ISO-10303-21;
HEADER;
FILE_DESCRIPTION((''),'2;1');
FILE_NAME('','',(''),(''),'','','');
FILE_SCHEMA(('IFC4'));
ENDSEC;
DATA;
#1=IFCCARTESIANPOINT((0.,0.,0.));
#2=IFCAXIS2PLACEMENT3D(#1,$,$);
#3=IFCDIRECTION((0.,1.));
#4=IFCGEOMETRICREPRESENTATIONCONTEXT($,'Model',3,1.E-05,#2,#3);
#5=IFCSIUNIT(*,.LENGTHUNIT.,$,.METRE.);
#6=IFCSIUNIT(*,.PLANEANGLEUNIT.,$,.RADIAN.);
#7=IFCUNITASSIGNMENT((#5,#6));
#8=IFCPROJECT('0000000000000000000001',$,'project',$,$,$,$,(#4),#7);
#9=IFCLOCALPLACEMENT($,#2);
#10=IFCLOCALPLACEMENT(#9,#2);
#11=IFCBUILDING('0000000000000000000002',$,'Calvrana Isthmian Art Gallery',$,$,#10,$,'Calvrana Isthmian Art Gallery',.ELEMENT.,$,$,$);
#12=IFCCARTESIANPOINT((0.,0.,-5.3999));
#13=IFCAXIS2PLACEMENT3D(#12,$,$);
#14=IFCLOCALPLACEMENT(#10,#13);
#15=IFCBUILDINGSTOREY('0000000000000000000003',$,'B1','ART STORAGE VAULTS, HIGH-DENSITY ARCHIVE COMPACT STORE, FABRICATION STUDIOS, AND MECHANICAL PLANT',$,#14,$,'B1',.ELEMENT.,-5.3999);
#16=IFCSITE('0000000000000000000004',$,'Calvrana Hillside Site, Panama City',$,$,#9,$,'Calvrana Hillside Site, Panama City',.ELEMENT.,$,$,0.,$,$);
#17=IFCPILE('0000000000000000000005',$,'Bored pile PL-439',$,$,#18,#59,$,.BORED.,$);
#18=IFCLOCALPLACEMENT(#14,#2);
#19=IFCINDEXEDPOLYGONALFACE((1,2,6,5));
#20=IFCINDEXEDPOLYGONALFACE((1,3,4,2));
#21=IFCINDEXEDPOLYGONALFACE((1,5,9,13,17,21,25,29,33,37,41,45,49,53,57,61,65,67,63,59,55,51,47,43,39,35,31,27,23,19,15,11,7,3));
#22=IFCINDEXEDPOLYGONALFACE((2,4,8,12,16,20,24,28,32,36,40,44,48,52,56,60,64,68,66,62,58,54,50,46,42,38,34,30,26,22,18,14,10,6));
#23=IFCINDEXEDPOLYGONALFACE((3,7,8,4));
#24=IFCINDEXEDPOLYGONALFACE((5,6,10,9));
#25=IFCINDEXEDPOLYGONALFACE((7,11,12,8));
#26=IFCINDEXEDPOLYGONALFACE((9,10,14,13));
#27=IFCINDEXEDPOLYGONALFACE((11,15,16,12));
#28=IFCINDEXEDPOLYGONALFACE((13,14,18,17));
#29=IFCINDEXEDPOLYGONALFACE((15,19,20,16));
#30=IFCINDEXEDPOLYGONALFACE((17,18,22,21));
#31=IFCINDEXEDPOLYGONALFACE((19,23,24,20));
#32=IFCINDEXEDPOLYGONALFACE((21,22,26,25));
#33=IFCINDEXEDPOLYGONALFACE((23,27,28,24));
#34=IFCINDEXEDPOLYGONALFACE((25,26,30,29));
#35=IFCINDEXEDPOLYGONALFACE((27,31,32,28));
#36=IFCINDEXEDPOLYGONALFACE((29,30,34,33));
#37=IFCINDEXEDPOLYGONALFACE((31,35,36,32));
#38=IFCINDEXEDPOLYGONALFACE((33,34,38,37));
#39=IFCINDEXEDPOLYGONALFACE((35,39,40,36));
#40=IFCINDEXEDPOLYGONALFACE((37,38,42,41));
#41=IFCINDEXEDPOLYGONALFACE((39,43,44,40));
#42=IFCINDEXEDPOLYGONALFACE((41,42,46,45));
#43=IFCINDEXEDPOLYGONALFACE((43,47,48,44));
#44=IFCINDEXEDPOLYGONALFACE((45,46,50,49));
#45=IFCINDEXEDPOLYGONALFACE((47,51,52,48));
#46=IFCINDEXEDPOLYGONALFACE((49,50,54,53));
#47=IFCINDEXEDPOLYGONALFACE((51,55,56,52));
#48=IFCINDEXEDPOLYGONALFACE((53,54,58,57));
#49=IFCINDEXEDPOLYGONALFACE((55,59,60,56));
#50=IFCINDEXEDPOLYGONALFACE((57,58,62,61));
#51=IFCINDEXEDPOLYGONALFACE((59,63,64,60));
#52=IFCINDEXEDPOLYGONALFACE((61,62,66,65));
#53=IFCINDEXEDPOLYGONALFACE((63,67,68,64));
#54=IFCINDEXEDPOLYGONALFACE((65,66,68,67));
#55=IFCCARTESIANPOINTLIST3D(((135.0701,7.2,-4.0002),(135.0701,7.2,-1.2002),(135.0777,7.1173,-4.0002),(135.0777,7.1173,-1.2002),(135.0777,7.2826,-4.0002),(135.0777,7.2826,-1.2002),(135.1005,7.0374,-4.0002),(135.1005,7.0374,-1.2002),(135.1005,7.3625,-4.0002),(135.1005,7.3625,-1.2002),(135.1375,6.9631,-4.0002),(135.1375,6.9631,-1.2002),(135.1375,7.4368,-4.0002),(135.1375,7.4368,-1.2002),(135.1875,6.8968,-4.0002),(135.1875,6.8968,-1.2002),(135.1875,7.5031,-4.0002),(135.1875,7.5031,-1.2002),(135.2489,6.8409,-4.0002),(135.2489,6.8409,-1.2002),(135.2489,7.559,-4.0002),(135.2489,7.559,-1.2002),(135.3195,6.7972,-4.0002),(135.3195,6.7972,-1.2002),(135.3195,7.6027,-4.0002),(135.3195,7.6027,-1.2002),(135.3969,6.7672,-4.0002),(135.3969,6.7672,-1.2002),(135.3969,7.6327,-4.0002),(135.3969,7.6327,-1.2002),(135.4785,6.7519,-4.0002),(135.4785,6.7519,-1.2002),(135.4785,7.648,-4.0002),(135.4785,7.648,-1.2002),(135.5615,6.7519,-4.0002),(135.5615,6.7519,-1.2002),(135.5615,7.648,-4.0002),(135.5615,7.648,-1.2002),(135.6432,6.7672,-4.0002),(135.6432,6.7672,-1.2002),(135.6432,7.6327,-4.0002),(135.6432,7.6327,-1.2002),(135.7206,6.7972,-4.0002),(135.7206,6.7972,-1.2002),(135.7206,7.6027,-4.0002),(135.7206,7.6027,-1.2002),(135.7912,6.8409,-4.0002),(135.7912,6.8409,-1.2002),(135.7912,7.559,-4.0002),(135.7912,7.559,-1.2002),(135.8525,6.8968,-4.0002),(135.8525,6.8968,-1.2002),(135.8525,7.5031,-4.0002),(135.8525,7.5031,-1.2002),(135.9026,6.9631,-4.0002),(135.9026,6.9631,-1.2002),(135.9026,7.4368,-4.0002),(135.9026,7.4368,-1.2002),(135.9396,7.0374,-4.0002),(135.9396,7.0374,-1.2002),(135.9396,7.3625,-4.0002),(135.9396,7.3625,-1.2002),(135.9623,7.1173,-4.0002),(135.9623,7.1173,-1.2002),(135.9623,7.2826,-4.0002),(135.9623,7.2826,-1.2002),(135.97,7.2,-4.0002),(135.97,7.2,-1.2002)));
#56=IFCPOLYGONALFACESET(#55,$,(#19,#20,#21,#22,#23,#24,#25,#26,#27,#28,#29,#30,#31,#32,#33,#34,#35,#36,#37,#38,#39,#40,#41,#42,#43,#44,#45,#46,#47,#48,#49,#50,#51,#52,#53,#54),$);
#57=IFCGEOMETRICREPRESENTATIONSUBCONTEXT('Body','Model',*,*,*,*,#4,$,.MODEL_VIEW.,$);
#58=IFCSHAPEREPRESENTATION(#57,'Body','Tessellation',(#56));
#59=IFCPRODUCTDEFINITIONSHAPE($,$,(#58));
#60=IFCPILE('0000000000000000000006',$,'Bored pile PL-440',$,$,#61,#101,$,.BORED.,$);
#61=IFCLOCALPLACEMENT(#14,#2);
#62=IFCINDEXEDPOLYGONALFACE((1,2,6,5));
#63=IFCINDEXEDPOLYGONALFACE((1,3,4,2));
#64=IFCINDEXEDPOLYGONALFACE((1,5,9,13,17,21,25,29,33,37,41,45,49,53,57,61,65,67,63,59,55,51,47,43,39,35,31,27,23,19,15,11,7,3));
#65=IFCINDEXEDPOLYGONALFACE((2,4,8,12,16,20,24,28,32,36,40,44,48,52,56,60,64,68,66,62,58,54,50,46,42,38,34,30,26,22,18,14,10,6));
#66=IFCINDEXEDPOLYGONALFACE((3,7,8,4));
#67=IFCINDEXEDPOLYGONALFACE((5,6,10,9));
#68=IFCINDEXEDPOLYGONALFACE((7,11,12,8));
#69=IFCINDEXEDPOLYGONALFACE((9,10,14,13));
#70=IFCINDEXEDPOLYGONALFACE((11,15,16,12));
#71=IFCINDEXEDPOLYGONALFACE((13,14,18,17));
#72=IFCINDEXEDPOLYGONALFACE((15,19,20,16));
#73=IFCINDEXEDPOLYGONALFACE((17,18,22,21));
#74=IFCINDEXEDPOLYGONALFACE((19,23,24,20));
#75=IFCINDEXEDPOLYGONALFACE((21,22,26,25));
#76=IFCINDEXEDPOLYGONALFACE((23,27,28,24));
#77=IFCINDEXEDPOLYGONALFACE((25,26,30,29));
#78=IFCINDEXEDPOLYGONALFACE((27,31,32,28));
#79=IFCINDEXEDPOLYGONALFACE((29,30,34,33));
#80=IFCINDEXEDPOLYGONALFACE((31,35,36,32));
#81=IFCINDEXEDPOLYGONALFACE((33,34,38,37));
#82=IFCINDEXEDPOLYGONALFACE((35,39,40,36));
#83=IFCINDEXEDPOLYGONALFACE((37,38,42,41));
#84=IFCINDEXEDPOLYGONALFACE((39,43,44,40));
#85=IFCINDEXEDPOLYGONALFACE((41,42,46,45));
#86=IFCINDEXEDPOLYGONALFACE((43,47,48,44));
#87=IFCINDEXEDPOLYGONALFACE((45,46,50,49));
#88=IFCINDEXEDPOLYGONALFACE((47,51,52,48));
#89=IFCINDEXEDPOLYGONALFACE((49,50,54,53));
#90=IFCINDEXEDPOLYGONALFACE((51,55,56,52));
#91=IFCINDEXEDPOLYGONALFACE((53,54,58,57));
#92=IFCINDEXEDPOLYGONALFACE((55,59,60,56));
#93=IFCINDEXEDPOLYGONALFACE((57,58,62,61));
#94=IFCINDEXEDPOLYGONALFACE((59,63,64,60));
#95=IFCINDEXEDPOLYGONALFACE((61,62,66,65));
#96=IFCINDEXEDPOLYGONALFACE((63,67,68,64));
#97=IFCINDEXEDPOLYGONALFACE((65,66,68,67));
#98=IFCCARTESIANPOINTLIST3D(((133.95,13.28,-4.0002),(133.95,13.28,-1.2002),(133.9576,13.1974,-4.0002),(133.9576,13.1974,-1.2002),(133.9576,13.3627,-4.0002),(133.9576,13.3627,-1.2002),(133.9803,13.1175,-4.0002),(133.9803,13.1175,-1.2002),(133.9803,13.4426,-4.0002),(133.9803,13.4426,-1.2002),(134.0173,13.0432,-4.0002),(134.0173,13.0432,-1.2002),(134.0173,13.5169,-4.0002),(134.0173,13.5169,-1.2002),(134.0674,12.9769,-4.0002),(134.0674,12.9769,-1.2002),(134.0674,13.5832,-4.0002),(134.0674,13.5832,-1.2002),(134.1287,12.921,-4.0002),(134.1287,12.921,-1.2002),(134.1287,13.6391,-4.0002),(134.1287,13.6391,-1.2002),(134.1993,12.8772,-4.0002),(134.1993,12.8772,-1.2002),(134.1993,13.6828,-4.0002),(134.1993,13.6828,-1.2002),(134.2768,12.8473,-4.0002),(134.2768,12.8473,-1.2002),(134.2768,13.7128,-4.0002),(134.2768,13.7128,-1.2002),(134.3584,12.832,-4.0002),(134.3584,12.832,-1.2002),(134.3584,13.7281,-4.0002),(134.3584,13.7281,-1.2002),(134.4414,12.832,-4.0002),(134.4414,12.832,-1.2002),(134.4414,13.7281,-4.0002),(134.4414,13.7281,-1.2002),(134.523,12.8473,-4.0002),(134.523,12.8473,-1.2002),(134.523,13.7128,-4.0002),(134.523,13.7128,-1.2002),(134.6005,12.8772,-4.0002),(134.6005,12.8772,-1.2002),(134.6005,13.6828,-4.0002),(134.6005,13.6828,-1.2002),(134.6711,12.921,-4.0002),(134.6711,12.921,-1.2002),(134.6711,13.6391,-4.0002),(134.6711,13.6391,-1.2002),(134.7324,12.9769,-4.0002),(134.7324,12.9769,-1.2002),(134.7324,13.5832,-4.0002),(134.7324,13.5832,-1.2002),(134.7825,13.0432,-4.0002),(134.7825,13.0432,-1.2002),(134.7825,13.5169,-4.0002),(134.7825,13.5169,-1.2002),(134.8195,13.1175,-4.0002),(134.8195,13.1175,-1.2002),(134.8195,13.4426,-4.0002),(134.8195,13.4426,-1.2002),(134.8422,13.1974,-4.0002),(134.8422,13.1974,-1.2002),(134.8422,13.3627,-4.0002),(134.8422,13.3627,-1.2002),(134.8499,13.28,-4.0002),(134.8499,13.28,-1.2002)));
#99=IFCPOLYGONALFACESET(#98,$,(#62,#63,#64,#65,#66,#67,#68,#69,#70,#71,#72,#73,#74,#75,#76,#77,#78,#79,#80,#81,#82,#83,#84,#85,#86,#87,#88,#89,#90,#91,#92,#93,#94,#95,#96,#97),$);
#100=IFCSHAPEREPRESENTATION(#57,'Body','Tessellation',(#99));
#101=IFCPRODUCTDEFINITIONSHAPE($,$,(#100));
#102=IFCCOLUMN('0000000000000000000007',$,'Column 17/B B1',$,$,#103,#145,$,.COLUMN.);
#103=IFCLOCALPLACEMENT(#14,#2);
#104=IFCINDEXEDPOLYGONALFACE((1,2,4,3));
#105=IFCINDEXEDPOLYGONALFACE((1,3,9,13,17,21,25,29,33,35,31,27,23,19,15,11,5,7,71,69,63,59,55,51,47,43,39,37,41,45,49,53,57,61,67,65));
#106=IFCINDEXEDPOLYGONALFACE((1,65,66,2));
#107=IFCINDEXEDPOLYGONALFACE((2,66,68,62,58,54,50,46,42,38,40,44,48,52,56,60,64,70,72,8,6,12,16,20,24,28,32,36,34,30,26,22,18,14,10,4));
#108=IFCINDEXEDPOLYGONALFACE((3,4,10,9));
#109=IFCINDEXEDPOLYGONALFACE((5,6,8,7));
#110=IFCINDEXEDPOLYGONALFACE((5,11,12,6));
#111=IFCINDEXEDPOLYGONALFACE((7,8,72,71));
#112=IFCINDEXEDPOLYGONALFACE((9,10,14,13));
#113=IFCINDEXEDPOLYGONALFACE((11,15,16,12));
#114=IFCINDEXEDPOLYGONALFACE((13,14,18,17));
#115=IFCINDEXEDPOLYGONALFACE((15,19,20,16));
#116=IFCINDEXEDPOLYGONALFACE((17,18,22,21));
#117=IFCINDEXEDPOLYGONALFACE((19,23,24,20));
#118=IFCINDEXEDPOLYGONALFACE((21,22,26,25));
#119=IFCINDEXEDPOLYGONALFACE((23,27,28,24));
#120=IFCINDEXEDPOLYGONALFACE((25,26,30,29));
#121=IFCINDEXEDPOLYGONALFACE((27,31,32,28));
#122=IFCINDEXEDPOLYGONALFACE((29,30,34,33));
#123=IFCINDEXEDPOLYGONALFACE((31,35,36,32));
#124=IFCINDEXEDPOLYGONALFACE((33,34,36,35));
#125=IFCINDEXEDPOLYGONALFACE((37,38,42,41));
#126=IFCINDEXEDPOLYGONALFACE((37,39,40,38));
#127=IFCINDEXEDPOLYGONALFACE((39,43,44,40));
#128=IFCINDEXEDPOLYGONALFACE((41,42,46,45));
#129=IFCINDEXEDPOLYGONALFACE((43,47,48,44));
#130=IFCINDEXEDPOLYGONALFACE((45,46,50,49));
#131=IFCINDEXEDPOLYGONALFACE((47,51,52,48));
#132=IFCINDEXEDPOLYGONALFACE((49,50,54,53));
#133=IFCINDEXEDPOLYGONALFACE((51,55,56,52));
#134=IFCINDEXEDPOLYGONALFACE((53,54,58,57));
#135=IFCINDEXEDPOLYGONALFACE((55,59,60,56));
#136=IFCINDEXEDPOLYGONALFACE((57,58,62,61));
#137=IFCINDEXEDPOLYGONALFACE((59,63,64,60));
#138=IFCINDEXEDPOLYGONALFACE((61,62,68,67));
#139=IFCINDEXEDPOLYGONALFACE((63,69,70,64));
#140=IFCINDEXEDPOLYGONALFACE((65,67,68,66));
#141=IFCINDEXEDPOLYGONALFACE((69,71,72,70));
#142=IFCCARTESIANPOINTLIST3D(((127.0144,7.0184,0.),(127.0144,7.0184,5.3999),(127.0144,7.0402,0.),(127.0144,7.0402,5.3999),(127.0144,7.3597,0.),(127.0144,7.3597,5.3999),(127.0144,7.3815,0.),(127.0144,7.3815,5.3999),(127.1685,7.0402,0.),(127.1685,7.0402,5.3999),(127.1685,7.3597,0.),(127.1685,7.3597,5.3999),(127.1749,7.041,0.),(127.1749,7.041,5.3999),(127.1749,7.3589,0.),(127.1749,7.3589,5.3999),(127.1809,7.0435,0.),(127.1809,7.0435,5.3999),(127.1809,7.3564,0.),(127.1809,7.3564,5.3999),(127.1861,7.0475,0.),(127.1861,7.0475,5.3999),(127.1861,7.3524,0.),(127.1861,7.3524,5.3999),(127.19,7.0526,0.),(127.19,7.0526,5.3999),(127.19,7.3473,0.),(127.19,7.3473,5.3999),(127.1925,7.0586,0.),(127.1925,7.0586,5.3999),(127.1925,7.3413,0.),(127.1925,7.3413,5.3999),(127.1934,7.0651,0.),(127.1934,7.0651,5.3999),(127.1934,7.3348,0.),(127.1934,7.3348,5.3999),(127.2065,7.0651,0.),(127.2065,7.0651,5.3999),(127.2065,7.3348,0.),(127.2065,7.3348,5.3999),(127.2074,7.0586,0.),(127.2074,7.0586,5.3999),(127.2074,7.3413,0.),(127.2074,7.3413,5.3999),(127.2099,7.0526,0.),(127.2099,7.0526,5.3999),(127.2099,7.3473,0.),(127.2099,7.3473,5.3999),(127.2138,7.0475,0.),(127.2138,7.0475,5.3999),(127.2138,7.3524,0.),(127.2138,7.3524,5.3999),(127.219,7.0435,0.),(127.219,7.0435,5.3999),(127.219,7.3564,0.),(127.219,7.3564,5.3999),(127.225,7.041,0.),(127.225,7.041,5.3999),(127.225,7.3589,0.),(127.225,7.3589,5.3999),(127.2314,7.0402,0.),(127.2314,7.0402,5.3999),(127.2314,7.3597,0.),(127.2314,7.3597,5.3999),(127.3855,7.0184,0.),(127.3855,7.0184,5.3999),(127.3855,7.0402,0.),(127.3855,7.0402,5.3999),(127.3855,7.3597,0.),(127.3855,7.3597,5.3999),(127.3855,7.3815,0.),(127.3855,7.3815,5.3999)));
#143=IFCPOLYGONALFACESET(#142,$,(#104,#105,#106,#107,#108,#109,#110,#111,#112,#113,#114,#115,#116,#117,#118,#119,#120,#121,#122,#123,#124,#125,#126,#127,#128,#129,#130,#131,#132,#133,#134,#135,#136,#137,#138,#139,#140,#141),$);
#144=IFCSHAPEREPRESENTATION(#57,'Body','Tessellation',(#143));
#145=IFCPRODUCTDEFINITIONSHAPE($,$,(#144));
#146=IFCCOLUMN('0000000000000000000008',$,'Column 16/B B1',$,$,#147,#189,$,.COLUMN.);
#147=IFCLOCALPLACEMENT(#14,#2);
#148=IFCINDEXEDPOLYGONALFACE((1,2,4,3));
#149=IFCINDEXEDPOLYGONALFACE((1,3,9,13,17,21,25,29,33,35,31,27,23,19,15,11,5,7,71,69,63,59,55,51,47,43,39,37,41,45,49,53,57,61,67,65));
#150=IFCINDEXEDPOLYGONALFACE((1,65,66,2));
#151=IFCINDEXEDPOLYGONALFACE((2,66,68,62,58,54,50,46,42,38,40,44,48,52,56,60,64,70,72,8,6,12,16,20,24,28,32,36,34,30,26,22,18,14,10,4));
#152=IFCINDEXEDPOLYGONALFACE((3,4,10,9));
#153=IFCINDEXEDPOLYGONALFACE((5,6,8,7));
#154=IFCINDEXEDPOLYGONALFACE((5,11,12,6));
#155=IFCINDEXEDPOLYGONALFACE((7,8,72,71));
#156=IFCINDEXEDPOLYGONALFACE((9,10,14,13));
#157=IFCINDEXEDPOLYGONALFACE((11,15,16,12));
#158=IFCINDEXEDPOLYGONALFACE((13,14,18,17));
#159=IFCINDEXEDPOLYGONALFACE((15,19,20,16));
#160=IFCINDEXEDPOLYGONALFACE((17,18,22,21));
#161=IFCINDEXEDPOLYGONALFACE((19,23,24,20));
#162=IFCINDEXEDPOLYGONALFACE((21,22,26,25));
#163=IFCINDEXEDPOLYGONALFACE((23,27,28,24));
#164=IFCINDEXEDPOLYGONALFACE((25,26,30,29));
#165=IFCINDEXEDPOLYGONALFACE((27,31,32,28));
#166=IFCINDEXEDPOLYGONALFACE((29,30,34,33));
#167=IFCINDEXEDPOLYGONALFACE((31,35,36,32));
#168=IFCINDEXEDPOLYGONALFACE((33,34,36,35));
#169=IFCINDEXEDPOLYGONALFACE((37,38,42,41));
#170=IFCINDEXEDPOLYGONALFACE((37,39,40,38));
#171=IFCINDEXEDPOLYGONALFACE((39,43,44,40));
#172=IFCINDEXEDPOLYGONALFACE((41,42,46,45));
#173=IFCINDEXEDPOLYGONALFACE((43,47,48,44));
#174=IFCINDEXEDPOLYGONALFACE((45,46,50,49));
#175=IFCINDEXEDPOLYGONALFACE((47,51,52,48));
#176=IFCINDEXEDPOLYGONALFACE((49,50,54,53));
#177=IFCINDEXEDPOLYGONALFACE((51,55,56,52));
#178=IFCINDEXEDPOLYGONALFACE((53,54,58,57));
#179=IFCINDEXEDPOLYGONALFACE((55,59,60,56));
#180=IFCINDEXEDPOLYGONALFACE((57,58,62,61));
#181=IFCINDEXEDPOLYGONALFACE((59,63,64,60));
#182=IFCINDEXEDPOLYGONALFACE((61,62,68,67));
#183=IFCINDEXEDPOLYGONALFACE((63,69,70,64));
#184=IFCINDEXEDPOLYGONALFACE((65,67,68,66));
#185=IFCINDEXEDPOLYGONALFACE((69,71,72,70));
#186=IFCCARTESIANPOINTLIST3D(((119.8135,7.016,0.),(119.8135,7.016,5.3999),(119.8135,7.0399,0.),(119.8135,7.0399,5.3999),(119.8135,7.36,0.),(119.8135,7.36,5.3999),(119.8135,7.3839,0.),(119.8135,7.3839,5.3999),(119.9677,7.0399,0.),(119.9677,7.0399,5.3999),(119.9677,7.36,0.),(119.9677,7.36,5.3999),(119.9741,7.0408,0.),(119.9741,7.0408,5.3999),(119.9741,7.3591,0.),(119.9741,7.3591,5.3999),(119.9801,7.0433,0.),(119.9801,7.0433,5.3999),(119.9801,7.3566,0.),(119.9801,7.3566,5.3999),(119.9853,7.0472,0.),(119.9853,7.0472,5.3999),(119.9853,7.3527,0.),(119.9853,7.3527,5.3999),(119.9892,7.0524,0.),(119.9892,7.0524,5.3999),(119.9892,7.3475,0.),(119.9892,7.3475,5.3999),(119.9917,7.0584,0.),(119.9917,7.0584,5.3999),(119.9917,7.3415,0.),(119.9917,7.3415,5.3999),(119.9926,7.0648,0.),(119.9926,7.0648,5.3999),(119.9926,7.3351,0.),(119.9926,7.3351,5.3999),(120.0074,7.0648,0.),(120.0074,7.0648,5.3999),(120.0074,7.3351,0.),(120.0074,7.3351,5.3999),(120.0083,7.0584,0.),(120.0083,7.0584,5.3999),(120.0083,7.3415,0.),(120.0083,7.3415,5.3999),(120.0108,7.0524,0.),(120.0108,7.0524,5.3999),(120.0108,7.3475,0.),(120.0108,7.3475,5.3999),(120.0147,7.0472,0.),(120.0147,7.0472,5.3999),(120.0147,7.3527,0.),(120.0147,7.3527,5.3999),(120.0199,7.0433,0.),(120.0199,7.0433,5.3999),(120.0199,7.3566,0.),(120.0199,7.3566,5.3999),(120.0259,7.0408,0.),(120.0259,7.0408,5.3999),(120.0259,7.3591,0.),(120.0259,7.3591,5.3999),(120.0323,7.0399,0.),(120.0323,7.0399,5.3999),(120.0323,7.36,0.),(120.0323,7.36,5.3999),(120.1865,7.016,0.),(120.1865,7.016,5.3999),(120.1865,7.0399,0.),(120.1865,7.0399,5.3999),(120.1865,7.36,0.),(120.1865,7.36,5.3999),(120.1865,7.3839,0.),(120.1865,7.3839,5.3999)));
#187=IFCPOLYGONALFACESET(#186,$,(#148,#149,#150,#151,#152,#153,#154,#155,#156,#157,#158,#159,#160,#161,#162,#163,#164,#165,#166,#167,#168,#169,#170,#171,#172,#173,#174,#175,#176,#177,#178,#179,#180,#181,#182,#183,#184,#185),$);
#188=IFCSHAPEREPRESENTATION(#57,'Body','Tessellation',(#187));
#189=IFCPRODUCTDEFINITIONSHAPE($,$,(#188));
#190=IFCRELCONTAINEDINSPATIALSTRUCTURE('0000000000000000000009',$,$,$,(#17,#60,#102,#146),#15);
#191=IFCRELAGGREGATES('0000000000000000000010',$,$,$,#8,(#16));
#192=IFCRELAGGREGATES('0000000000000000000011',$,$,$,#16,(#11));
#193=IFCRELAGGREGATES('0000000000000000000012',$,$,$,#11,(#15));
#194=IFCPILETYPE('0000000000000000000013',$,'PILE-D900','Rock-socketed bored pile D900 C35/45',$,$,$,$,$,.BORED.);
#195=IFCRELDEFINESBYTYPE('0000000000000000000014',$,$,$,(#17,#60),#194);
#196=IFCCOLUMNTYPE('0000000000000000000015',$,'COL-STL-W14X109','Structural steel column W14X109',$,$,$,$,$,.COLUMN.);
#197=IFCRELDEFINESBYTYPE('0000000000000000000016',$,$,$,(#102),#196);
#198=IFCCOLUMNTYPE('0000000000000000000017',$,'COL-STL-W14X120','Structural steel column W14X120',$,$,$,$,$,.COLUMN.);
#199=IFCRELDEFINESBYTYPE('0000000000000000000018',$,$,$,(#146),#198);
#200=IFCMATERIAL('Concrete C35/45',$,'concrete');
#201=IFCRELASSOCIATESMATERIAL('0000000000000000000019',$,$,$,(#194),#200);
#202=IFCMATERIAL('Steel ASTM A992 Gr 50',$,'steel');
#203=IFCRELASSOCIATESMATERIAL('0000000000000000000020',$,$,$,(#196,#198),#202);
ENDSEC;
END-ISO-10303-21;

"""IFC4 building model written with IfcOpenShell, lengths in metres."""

from ifc_helpers import new_model, si_unit, direction, frame, origin, origin_2d, place, context, subcontext, project, spatial, circle, i_section, extrude, material, material_profile, profile_set, type_object, element, save


model = new_model("IFC4")

# Units and contexts
model_context = context("Model", 3, precision=1e-05, world=origin(), true_north=direction((0.0, 1.0)))
body_context = subcontext(model_context, "Body", "Model", "MODEL_VIEW")
ifc_project = project(units=[si_unit("LENGTHUNIT", "METRE"), si_unit("PLANEANGLEUNIT", "RADIAN")], contexts=[model_context])

# Site, building, storey
site_placement = place(None, origin())
site = spatial("IfcSite", under=ifc_project, at=site_placement, Name="Calvrana Hillside Site, Panama City", LongName="Calvrana Hillside Site, Panama City", CompositionType="ELEMENT", RefElevation=0.0)
building_placement = place(site_placement, origin())
building = spatial("IfcBuilding", under=site, at=building_placement, Name="Calvrana Isthmian Art Gallery", LongName="Calvrana Isthmian Art Gallery", CompositionType="ELEMENT")
storey_placement = place(building_placement, frame((0.0, 0.0, -5.3999)))
storey = spatial("IfcBuildingStorey", under=building, at=storey_placement, Name="B1", Description="ART STORAGE VAULTS, HIGH-DENSITY ARCHIVE COMPACT STORE, FABRICATION STUDIOS, AND MECHANICAL PLANT", LongName="B1", CompositionType="ELEMENT", Elevation=-5.3999)

# Shared definitions
ifc_material_1 = material(Name="Concrete C35/45", Category="concrete")

# Piles
ifc_material_profile_1 = material_profile(ifc_material_1, circle(Radius=0.45, at=origin_2d()), Name="PILE900D")
ifc_profile_set_1 = profile_set([ifc_material_profile_1], Name="Concrete C35/45")
pile_type_1 = type_object("IfcPileType", Name="PILE-D900", Description="Rock-socketed bored pile D900 C35/45", PredefinedType="BORED", material=ifc_profile_set_1)
for number, where, z_axis, x_axis, name in (
    (1, (135.52, 7.2, -1.2002), (0.0, 0.0, -1.0), (1.0, 0.0, 0.0), "Bored pile PL-439"),
    (2, (134.3999, 13.28, -1.2002), (0.0, 0.0, -1.0), (1.0, 0.0, 0.0), "Bored pile PL-440"),
):
    element("IfcPile", number, at=place(storey_placement, frame(where, z_axis=z_axis, x_axis=x_axis)), inside=storey, type_object=pile_type_1, Name=name, PredefinedType="BORED", context=body_context, shape_type="SweptSolid", body=[
        extrude(circle(Radius=0.45, at=origin_2d()), origin(), (0.0, 0.0, 1.0), 2.8),
    ])

# Columns
ifc_material_2 = material(Name="Steel ASTM A992 Gr 50", Category="steel")
ifc_material_profile_2 = material_profile(ifc_material_2, i_section(OverallWidth=0.3711, OverallDepth=0.363, WebThickness=0.0132, FlangeThickness=0.0217, FilletRadius=0.0249, at=origin_2d()), Name="W14X109")
ifc_profile_set_2 = profile_set([ifc_material_profile_2], Name="Steel ASTM A992 Gr 50")
column_type_1 = type_object("IfcColumnType", Name="COL-STL-W14X109", Description="Structural steel column W14X109", PredefinedType="COLUMN", material=ifc_profile_set_2)
column_1_placement = place(storey_placement, frame((127.2, 7.2, 0.0), z_axis=(0.0, 0.0, 1.0), x_axis=(1.0, 0.0, 0.0)))
element("IfcColumn", 3, at=column_1_placement, inside=storey, type_object=column_type_1, Name="Column 17/B B1", PredefinedType="COLUMN", context=body_context, shape_type="SweptSolid", body=[
    extrude(i_section(OverallWidth=0.3711, OverallDepth=0.363, WebThickness=0.0132, FlangeThickness=0.0217, FilletRadius=0.0249, at=origin_2d()), origin(), (0.0, 0.0, 1.0), 5.3999),
])
ifc_material_profile_3 = material_profile(ifc_material_2, i_section(OverallWidth=0.373, OverallDepth=0.3679, WebThickness=0.0149, FlangeThickness=0.0239, FilletRadius=0.0249, at=origin_2d()), Name="W14X120")
ifc_profile_set_3 = profile_set([ifc_material_profile_3], Name="Steel ASTM A992 Gr 50")
column_type_2 = type_object("IfcColumnType", Name="COL-STL-W14X120", Description="Structural steel column W14X120", PredefinedType="COLUMN", material=ifc_profile_set_3)
column_2_placement = place(storey_placement, frame((120.0, 7.2, 0.0), z_axis=(0.0, 0.0, 1.0), x_axis=(1.0, 0.0, 0.0)))
element("IfcColumn", 4, at=column_2_placement, inside=storey, type_object=column_type_2, Name="Column 16/B B1", PredefinedType="COLUMN", context=body_context, shape_type="SweptSolid", body=[
    extrude(i_section(OverallWidth=0.373, OverallDepth=0.3679, WebThickness=0.0149, FlangeThickness=0.0239, FilletRadius=0.0249, at=origin_2d()), origin(), (0.0, 0.0, 1.0), 5.3999),
])

save(model, "model.ifc")
